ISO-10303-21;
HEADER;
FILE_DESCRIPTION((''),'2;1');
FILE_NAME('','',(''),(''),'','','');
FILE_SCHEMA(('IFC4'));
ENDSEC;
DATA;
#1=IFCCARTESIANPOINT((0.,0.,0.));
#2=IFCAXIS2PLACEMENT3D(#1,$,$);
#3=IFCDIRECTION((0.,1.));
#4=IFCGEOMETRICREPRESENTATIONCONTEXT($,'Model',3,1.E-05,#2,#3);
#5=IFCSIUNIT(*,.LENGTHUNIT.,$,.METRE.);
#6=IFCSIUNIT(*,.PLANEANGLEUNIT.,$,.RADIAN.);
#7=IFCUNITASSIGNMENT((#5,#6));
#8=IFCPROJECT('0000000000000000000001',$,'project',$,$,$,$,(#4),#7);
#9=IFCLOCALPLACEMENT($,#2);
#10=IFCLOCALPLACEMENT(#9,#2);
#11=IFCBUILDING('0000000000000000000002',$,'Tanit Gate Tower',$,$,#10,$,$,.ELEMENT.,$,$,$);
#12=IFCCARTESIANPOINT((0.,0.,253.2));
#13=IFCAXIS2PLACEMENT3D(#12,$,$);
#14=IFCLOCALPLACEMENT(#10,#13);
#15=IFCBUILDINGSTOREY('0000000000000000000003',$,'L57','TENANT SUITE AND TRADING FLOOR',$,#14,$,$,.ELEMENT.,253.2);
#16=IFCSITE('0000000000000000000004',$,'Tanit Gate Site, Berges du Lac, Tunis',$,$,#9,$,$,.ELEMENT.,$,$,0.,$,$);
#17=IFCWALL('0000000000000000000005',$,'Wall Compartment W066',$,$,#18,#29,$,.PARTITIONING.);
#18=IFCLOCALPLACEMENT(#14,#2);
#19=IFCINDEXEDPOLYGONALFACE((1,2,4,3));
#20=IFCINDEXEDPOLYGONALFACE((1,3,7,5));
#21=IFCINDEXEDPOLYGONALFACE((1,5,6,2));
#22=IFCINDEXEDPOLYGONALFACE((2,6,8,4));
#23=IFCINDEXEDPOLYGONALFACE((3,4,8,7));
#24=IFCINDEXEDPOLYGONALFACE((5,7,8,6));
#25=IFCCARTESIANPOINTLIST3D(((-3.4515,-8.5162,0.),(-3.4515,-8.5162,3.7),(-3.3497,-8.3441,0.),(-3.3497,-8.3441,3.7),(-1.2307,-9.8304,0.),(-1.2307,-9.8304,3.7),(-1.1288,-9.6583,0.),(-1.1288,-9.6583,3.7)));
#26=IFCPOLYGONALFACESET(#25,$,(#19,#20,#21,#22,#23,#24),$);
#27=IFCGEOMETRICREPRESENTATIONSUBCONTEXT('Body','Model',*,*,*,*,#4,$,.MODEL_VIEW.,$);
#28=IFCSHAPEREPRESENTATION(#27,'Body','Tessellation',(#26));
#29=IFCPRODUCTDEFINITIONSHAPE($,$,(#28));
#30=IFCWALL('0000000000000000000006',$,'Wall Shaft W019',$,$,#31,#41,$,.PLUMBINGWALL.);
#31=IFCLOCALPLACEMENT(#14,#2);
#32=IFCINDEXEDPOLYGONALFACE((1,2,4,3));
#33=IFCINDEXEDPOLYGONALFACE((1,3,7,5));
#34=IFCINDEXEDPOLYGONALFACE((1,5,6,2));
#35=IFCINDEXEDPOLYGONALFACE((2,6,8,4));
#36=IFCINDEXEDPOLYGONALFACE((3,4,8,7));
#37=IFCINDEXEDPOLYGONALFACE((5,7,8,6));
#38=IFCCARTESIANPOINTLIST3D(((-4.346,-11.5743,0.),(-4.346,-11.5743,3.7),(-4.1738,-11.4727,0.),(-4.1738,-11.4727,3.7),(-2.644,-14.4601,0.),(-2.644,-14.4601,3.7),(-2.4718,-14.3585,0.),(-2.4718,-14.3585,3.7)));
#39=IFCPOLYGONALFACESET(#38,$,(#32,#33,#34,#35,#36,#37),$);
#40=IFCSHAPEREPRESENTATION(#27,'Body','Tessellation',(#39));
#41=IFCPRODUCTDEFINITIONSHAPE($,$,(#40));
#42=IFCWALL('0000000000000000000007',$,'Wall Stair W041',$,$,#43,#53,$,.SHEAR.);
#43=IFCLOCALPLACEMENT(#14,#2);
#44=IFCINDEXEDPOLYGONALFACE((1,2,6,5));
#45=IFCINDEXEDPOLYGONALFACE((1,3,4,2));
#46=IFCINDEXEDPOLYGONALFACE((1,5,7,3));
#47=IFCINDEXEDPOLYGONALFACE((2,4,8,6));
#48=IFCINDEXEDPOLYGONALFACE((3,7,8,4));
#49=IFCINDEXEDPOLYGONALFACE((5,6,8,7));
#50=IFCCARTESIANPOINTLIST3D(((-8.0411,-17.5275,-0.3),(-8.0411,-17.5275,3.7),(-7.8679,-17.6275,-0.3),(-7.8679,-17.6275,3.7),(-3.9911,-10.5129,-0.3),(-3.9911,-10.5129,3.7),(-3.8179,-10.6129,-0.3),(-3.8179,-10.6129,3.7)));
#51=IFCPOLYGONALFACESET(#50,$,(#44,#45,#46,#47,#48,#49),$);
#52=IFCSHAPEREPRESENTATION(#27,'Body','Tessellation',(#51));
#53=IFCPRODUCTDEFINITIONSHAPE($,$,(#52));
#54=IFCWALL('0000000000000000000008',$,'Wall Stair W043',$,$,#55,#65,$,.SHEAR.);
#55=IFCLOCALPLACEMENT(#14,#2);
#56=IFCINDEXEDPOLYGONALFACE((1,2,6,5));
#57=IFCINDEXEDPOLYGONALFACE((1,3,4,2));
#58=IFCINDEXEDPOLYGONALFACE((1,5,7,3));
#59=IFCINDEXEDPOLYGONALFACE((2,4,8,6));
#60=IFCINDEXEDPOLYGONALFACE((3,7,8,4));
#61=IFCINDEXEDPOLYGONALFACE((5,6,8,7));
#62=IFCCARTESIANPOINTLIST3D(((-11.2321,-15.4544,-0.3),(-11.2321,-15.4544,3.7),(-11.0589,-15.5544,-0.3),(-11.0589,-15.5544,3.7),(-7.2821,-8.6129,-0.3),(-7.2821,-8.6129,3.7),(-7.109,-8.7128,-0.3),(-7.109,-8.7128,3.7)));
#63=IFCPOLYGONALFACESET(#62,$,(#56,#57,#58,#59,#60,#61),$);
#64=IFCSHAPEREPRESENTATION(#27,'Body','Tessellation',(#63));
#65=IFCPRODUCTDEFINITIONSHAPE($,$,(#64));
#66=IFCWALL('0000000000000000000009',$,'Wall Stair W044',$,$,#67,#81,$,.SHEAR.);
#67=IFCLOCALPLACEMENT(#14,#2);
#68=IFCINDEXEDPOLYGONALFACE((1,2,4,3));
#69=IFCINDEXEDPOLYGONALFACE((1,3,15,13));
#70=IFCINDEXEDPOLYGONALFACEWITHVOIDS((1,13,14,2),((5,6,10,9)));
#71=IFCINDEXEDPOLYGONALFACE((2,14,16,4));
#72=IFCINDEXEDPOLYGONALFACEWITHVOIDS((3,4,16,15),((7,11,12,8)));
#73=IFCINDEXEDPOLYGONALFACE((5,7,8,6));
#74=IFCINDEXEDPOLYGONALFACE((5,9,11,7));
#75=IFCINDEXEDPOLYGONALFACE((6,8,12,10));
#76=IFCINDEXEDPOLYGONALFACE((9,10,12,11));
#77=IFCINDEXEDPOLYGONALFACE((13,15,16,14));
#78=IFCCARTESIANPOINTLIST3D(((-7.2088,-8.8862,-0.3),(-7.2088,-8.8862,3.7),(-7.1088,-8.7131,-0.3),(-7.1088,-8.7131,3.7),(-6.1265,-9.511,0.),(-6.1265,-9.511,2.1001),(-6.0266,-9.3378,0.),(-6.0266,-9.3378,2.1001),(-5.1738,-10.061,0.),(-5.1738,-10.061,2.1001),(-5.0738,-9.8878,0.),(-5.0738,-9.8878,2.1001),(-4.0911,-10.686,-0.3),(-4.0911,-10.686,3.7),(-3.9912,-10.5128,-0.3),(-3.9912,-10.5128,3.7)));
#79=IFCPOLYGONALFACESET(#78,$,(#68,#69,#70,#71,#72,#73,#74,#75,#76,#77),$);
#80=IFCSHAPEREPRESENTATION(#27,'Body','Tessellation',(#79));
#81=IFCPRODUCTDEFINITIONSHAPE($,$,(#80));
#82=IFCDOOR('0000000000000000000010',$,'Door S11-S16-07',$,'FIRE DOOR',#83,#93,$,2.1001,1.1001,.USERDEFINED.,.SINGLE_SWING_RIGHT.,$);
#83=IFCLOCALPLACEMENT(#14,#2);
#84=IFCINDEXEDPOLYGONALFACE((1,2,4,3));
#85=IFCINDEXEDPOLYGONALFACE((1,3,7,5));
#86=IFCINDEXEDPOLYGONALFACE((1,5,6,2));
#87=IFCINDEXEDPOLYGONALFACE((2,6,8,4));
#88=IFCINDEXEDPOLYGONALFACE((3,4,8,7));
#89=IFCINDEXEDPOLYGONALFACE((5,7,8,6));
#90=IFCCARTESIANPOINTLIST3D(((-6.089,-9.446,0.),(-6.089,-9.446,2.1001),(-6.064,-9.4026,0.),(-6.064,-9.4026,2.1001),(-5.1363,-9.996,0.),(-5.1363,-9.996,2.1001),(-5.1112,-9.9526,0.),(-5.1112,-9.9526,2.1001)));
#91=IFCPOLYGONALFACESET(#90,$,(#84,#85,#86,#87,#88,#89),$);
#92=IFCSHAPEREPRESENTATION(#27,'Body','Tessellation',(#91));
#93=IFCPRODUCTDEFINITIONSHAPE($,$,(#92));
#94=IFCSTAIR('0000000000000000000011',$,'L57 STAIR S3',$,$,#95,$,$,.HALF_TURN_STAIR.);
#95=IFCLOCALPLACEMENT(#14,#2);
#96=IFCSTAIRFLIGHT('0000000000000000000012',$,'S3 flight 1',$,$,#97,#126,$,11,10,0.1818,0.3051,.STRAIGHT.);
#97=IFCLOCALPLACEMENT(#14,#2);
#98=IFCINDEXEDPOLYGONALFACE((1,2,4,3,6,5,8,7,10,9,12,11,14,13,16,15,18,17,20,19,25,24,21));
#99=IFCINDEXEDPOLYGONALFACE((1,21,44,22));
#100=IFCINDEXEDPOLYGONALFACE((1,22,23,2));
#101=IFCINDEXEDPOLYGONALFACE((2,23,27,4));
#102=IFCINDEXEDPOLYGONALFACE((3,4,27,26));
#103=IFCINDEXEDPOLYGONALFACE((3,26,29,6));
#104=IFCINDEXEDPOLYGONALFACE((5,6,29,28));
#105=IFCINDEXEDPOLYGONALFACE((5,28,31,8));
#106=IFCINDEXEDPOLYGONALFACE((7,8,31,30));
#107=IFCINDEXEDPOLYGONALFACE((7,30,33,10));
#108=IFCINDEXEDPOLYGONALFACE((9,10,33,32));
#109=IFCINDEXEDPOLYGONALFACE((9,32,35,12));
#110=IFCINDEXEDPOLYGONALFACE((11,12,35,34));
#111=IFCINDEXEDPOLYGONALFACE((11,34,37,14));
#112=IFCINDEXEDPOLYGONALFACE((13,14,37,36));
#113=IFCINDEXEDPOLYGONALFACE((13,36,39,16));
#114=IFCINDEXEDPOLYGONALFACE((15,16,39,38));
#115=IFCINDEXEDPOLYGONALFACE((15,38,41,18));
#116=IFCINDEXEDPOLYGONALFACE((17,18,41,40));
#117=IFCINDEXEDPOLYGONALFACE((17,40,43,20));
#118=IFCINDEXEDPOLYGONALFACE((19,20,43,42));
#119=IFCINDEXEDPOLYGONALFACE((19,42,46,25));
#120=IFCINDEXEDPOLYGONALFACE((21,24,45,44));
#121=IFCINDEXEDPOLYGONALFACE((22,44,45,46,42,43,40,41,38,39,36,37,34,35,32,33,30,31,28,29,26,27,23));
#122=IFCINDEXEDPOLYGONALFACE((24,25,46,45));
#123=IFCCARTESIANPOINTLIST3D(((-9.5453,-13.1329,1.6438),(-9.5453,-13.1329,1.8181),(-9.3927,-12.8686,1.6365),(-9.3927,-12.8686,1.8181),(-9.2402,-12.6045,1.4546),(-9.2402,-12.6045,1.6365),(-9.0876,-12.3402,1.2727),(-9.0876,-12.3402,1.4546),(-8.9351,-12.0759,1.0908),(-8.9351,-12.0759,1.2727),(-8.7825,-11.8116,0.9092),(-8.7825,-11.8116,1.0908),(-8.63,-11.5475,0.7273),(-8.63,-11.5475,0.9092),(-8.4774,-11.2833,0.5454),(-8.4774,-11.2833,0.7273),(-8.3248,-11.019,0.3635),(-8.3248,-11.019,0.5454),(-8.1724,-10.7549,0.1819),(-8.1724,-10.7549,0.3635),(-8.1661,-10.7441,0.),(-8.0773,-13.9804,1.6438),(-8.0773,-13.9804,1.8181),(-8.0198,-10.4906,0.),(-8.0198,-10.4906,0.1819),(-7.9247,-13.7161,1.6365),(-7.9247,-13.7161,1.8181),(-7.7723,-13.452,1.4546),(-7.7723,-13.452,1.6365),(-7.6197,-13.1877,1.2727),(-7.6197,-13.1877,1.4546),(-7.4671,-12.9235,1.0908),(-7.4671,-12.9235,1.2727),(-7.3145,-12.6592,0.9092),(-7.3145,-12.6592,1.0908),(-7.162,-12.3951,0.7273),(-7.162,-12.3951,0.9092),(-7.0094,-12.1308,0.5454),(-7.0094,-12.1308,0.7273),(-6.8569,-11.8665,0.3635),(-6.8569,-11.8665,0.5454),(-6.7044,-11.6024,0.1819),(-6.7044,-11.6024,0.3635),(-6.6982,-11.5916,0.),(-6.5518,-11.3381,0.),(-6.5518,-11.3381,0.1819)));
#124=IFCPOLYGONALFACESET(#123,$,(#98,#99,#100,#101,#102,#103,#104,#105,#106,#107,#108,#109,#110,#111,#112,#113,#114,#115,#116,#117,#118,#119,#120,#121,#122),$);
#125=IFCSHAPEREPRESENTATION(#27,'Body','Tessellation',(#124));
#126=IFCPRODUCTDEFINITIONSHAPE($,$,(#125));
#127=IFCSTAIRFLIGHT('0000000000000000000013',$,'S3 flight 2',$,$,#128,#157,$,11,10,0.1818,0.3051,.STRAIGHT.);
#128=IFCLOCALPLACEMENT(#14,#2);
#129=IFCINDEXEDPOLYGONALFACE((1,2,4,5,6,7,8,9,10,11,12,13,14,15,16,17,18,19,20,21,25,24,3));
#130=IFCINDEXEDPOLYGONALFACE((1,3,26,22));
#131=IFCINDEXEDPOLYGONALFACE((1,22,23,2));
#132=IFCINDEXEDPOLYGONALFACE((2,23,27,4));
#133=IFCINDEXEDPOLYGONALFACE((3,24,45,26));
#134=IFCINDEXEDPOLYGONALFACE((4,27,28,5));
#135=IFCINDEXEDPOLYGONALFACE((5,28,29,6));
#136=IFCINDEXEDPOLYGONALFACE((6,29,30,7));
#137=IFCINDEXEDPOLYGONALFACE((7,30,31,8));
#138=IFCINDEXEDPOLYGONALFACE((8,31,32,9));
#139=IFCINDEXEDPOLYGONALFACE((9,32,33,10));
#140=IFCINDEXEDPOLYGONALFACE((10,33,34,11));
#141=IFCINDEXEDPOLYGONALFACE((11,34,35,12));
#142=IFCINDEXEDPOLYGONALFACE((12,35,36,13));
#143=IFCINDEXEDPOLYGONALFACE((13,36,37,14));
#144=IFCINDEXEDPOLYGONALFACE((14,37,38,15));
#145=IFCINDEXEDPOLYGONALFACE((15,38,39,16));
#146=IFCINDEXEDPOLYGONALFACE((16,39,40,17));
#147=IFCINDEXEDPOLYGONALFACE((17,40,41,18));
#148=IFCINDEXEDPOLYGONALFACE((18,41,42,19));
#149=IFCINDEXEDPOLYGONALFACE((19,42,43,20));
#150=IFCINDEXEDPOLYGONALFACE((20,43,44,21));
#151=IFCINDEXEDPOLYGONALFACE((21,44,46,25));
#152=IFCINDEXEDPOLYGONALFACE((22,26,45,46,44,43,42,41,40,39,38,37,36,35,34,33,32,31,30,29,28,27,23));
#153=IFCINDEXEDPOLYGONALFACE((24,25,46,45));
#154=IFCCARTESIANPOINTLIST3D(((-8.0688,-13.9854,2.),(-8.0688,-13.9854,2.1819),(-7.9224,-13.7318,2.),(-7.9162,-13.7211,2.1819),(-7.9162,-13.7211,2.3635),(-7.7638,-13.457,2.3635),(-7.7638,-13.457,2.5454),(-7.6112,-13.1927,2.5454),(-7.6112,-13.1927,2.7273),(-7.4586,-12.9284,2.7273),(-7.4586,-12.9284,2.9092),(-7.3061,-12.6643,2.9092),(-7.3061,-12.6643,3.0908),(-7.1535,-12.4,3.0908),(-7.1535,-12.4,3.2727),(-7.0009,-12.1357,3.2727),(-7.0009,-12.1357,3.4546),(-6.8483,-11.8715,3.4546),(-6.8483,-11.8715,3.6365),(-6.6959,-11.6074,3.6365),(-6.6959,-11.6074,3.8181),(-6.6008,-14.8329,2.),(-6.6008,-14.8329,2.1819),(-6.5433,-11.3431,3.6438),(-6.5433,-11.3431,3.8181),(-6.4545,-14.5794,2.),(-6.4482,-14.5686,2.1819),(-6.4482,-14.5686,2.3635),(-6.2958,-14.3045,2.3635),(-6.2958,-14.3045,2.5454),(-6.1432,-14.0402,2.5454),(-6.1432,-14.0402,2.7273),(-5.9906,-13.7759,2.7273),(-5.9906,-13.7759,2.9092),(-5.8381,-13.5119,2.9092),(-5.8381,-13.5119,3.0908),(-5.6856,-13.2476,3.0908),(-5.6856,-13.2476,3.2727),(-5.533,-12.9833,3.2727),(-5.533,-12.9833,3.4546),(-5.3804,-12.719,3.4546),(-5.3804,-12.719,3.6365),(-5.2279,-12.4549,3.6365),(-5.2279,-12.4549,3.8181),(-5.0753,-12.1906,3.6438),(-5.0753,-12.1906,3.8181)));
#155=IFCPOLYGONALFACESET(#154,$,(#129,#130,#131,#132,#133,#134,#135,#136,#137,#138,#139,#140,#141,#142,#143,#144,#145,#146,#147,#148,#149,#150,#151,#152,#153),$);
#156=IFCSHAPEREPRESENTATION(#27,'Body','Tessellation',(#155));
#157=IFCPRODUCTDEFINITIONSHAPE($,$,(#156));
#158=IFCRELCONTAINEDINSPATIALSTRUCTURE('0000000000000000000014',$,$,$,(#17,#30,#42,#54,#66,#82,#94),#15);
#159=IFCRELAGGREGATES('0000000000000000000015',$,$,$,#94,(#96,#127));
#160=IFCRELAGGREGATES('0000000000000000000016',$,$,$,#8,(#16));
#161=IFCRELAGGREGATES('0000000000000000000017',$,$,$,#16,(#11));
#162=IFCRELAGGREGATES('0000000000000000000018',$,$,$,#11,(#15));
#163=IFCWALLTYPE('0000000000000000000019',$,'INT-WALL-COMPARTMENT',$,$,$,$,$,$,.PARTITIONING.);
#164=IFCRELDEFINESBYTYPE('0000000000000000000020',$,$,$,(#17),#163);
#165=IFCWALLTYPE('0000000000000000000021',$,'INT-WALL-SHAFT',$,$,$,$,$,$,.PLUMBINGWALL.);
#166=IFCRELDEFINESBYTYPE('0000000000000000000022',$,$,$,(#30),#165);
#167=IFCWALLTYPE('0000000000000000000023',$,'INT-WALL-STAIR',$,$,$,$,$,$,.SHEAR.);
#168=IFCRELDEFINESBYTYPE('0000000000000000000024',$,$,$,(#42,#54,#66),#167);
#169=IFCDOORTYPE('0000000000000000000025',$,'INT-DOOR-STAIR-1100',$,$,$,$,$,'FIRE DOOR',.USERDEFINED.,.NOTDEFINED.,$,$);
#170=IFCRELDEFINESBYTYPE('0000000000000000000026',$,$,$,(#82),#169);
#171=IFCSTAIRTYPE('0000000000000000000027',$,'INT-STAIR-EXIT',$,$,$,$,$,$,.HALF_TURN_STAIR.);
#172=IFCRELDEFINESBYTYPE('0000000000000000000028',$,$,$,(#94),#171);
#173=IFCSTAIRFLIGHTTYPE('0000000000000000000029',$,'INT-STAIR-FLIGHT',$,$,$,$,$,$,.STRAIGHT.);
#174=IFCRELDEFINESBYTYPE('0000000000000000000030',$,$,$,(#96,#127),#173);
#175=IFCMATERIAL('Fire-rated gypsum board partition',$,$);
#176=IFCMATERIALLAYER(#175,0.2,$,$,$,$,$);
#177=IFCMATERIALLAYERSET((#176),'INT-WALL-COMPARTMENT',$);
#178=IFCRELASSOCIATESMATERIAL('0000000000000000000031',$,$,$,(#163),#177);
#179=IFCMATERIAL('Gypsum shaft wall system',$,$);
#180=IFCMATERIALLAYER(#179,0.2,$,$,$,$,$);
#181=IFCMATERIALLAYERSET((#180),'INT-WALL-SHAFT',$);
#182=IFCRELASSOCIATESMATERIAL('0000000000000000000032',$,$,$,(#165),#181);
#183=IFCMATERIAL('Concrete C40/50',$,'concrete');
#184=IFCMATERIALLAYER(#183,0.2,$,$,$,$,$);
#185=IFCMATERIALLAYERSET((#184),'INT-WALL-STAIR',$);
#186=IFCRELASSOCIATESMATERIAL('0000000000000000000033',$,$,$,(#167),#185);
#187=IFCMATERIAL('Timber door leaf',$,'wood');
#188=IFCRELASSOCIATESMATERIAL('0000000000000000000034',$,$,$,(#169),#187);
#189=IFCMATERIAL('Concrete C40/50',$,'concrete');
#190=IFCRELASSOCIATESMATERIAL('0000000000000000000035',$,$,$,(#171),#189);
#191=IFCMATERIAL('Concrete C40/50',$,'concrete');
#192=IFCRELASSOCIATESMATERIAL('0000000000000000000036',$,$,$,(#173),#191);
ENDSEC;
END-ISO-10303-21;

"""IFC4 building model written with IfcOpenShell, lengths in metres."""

from ifc_helpers import new_model, si_unit, direction, frame, frame_2d, origin, place, context, subcontext, project, spatial, polyline, rectangle, outline, extrude, material, layer, layer_set, type_object, element, fill, aggregate, save


model = new_model("IFC4")

# Units and contexts
model_context = context("Model", 3, precision=1e-05, world=origin(), true_north=direction((0.0, 1.0)))
body_context = subcontext(model_context, "Body", "Model", "MODEL_VIEW")
ifc_project = project(units=[si_unit("LENGTHUNIT", "METRE"), si_unit("PLANEANGLEUNIT", "RADIAN")], contexts=[model_context])

# Site, building, storey
site_placement = place(None, origin())
site = spatial("IfcSite", under=ifc_project, at=site_placement, Name="Tanit Gate Site, Berges du Lac, Tunis", CompositionType="ELEMENT", RefElevation=0.0)
building_placement = place(site_placement, origin())
building = spatial("IfcBuilding", under=site, at=building_placement, Name="Tanit Gate Tower", CompositionType="ELEMENT")
storey_placement = place(building_placement, frame((0.0, 0.0, 253.2)))
storey = spatial("IfcBuildingStorey", under=building, at=storey_placement, Name="L57", Description="TENANT SUITE AND TRADING FLOOR", CompositionType="ELEMENT", Elevation=253.2)

# Walls
ifc_material_1 = material(Name="Fire-rated gypsum board partition")
ifc_layer_1 = layer(ifc_material_1, 0.2)
ifc_layer_set_1 = layer_set([ifc_layer_1], Name="INT-WALL-COMPARTMENT")
wall_type_1 = type_object("IfcWallType", Name="INT-WALL-COMPARTMENT", PredefinedType="PARTITIONING", material=ifc_layer_set_1)
wall_1_placement = place(storey_placement, frame((-3.4006, -8.4302, 0.0), z_axis=(0.0, 0.0, 1.0), x_axis=(0.860616, -0.509255, 0.0)))
element("IfcWall", 1, at=wall_1_placement, inside=storey, type_object=wall_type_1, Name="Wall Compartment W066", PredefinedType="PARTITIONING", context=body_context, shape_type="SweptSolid", body=[
    extrude(rectangle(XDim=2.5806, YDim=0.2, at=frame_2d((1.2903, 0.0))), origin(), (0.0, 0.0, 1.0), 3.7),
])
ifc_material_2 = material(Name="Gypsum shaft wall system")
ifc_layer_2 = layer(ifc_material_2, 0.2)
ifc_layer_set_2 = layer_set([ifc_layer_2], Name="INT-WALL-SHAFT")
wall_type_2 = type_object("IfcWallType", Name="INT-WALL-SHAFT", PredefinedType="PLUMBINGWALL", material=ifc_layer_set_2)
wall_2_placement = place(storey_placement, frame((-2.5579, -14.4094, 0.0), z_axis=(0.0, 0.0, 1.0), x_axis=(-0.507997, 0.861359, 0.0)))
element("IfcWall", 2, at=wall_2_placement, inside=storey, type_object=wall_type_2, Name="Wall Shaft W019", PredefinedType="PLUMBINGWALL", context=body_context, shape_type="SweptSolid", body=[
    extrude(rectangle(XDim=3.3503, YDim=0.2, at=frame_2d((1.6753, 0.0))), origin(), (0.0, 0.0, 1.0), 3.7),
])
ifc_material_3 = material(Name="Concrete C40/50", Category="concrete")
ifc_layer_3 = layer(ifc_material_3, 0.2)
ifc_layer_set_3 = layer_set([ifc_layer_3], Name="INT-WALL-STAIR")
wall_type_3 = type_object("IfcWallType", Name="INT-WALL-STAIR", PredefinedType="SHEAR", material=ifc_layer_set_3)
wall_3_placement = place(storey_placement, frame((-3.9045, -10.563, -0.3), z_axis=(0.0, 0.0, 1.0), x_axis=(-0.500013, -0.866018, 0.0)))
element("IfcWall", 3, at=wall_3_placement, inside=storey, type_object=wall_type_3, Name="Wall Stair W041", PredefinedType="SHEAR", context=body_context, shape_type="SweptSolid", body=[
    extrude(rectangle(XDim=8.0999, YDim=0.2, at=frame_2d((4.0498, 0.0))), origin(), (0.0, 0.0, 1.0), 4.0),
])
wall_4_placement = place(storey_placement, frame((-7.1956, -8.6628, -0.3), z_axis=(0.0, 0.0, 1.0), x_axis=(-0.499998, -0.866027, 0.0)))
element("IfcWall", 4, at=wall_4_placement, inside=storey, type_object=wall_type_3, Name="Wall Stair W043", PredefinedType="SHEAR", context=body_context, shape_type="SweptSolid", body=[
    extrude(rectangle(XDim=7.8999, YDim=0.2, at=frame_2d((3.95, 0.0))), origin(), (0.0, 0.0, 1.0), 4.0),
])

# Wall, opening, door
wall_5_placement = place(storey_placement, frame((-4.0413, -10.5994, -0.3), z_axis=(0.0, 0.0, 1.0), x_axis=(-0.866048, 0.499961, 0.0)))
wall_5 = element("IfcWall", 5, at=wall_5_placement, inside=storey, type_object=wall_type_3, Name="Wall Stair W044", PredefinedType="SHEAR", context=body_context, shape_type="SweptSolid", body=[
    extrude(rectangle(XDim=3.5999, YDim=0.2, at=frame_2d((1.7998, 0.0))), origin(), (0.0, 0.0, 1.0), 4.0),
])
opening_1_placement = place(wall_5_placement, frame((1.25, 0.0, 0.3)))
opening_1 = element("IfcOpeningElement", 6, at=opening_1_placement, cuts=wall_5, PredefinedType="OPENING", context=body_context, shape_type="SweptSolid", body=[
    extrude(rectangle(XDim=1.1001, YDim=2.1001, at=frame_2d((0.55, 1.05))), frame((0.0, 0.1099, 0.0), z_axis=(0.0, -1.0, 0.0), x_axis=(1.0, 0.0, 0.0)), (0.0, 0.0, 1.0), 0.22),
])
ifc_material_4 = material(Name="Timber door leaf", Category="wood")
door_type_1 = type_object("IfcDoorType", Name="INT-DOOR-STAIR-1100", ElementType="FIRE DOOR", OperationType="NOTDEFINED", PredefinedType="USERDEFINED", material=ifc_material_4)
door_1_placement = place(opening_1_placement, origin())
door_1 = element("IfcDoor", 7, at=door_1_placement, inside=storey, type_object=door_type_1, Name="Door S11-S16-07", ObjectType="FIRE DOOR", OperationType="SINGLE_SWING_RIGHT", OverallHeight=2.1001, OverallWidth=1.1001, PredefinedType="USERDEFINED", context=body_context, shape_type="SweptSolid", body=[
    extrude(rectangle(XDim=1.1001, YDim=2.1001, at=frame_2d((0.55, 1.05))), frame((0.0, 0.0249, 0.0), z_axis=(0.0, -1.0, 0.0), x_axis=(1.0, 0.0, 0.0)), (0.0, 0.0, 1.0), 0.05),
])
fill(opening_1, door_1)

# Stair, stair flights
ifc_material_5 = material(Name="Concrete C40/50", Category="concrete")
stair_type = type_object("IfcStairType", Name="INT-STAIR-EXIT", PredefinedType="HALF_TURN_STAIR", material=ifc_material_5)
stair_placement = place(storey_placement, origin())
stair = element("IfcStair", 8, at=stair_placement, inside=storey, type_object=stair_type, Name="L57 STAIR S3", PredefinedType="HALF_TURN_STAIR")
ifc_material_6 = material(Name="Concrete C40/50", Category="concrete")
stair_flight_type = type_object("IfcStairFlightType", Name="INT-STAIR-FLIGHT", PredefinedType="STRAIGHT", material=ifc_material_6)
stair_flight_1_placement = place(storey_placement, frame((-7.2859, -10.9143, 0.0), z_axis=(0.0, 0.0, 1.0), x_axis=(-0.5, -0.866025, 0.0)))
stair_flight_1 = element("IfcStairFlight", 9, at=stair_flight_1_placement, type_object=stair_flight_type, Name="S3 flight 1", NumberOfRisers=11, NumberOfTreads=10, PredefinedType="STRAIGHT", RiserHeight=0.1818, TreadLength=0.3051, context=body_context, shape_type="SweptSolid", body=[
    extrude(outline(polyline([(0.0, 0.0), (0.0, 0.1819), (0.3052, 0.1819), (0.3052, 0.3635), (0.6101, 0.3635), (0.6101, 0.5454), (0.9153, 0.5454), (0.9153, 0.7273), (1.2205, 0.7273), (1.2205, 0.9092), (1.5254, 0.9092), (1.5254, 1.0908), (1.8306, 1.0908), (1.8306, 1.2727), (2.1357, 1.2727), (2.1357, 1.4546), (2.4409, 1.4546), (2.4409, 1.6365), (2.7458, 1.6365), (2.7458, 1.8181), (3.051, 1.8181), (3.051, 2.0), (3.051, 1.6438), (0.2927, 0.0), (0.0, 0.0)])), frame((0.0, 0.8477, 0.0), z_axis=(0.0, -1.0, 0.0), x_axis=(1.0, 0.0, 0.0)), (0.0, 0.0, 1.0), 1.6951),
])
stair_flight_2_placement = place(storey_placement, frame((-7.3347, -14.4092, 2.0), z_axis=(0.0, 0.0, 1.0), x_axis=(0.5, 0.866025, 0.0)))
stair_flight_2 = element("IfcStairFlight", 10, at=stair_flight_2_placement, type_object=stair_flight_type, Name="S3 flight 2", NumberOfRisers=11, NumberOfTreads=10, PredefinedType="STRAIGHT", RiserHeight=0.1818, TreadLength=0.3051, context=body_context, shape_type="SweptSolid", body=[
    extrude(outline(polyline([(0.0, 0.0), (0.0, 0.1819), (0.3052, 0.1819), (0.3052, 0.3635), (0.6101, 0.3635), (0.6101, 0.5454), (0.9153, 0.5454), (0.9153, 0.7273), (1.2205, 0.7273), (1.2205, 0.9092), (1.5254, 0.9092), (1.5254, 1.0908), (1.8306, 1.0908), (1.8306, 1.2727), (2.1357, 1.2727), (2.1357, 1.4546), (2.4409, 1.4546), (2.4409, 1.6365), (2.7458, 1.6365), (2.7458, 1.8181), (3.051, 1.8181), (3.051, 2.0), (3.051, 1.6438), (0.2927, 0.0), (0.0, 0.0)])), frame((0.0, 0.8477, 0.0), z_axis=(0.0, -1.0, 0.0), x_axis=(1.0, 0.0, 0.0)), (0.0, 0.0, 1.0), 1.6951),
])
aggregate(stair, [stair_flight_1, stair_flight_2])

save(model, "model.ifc")
